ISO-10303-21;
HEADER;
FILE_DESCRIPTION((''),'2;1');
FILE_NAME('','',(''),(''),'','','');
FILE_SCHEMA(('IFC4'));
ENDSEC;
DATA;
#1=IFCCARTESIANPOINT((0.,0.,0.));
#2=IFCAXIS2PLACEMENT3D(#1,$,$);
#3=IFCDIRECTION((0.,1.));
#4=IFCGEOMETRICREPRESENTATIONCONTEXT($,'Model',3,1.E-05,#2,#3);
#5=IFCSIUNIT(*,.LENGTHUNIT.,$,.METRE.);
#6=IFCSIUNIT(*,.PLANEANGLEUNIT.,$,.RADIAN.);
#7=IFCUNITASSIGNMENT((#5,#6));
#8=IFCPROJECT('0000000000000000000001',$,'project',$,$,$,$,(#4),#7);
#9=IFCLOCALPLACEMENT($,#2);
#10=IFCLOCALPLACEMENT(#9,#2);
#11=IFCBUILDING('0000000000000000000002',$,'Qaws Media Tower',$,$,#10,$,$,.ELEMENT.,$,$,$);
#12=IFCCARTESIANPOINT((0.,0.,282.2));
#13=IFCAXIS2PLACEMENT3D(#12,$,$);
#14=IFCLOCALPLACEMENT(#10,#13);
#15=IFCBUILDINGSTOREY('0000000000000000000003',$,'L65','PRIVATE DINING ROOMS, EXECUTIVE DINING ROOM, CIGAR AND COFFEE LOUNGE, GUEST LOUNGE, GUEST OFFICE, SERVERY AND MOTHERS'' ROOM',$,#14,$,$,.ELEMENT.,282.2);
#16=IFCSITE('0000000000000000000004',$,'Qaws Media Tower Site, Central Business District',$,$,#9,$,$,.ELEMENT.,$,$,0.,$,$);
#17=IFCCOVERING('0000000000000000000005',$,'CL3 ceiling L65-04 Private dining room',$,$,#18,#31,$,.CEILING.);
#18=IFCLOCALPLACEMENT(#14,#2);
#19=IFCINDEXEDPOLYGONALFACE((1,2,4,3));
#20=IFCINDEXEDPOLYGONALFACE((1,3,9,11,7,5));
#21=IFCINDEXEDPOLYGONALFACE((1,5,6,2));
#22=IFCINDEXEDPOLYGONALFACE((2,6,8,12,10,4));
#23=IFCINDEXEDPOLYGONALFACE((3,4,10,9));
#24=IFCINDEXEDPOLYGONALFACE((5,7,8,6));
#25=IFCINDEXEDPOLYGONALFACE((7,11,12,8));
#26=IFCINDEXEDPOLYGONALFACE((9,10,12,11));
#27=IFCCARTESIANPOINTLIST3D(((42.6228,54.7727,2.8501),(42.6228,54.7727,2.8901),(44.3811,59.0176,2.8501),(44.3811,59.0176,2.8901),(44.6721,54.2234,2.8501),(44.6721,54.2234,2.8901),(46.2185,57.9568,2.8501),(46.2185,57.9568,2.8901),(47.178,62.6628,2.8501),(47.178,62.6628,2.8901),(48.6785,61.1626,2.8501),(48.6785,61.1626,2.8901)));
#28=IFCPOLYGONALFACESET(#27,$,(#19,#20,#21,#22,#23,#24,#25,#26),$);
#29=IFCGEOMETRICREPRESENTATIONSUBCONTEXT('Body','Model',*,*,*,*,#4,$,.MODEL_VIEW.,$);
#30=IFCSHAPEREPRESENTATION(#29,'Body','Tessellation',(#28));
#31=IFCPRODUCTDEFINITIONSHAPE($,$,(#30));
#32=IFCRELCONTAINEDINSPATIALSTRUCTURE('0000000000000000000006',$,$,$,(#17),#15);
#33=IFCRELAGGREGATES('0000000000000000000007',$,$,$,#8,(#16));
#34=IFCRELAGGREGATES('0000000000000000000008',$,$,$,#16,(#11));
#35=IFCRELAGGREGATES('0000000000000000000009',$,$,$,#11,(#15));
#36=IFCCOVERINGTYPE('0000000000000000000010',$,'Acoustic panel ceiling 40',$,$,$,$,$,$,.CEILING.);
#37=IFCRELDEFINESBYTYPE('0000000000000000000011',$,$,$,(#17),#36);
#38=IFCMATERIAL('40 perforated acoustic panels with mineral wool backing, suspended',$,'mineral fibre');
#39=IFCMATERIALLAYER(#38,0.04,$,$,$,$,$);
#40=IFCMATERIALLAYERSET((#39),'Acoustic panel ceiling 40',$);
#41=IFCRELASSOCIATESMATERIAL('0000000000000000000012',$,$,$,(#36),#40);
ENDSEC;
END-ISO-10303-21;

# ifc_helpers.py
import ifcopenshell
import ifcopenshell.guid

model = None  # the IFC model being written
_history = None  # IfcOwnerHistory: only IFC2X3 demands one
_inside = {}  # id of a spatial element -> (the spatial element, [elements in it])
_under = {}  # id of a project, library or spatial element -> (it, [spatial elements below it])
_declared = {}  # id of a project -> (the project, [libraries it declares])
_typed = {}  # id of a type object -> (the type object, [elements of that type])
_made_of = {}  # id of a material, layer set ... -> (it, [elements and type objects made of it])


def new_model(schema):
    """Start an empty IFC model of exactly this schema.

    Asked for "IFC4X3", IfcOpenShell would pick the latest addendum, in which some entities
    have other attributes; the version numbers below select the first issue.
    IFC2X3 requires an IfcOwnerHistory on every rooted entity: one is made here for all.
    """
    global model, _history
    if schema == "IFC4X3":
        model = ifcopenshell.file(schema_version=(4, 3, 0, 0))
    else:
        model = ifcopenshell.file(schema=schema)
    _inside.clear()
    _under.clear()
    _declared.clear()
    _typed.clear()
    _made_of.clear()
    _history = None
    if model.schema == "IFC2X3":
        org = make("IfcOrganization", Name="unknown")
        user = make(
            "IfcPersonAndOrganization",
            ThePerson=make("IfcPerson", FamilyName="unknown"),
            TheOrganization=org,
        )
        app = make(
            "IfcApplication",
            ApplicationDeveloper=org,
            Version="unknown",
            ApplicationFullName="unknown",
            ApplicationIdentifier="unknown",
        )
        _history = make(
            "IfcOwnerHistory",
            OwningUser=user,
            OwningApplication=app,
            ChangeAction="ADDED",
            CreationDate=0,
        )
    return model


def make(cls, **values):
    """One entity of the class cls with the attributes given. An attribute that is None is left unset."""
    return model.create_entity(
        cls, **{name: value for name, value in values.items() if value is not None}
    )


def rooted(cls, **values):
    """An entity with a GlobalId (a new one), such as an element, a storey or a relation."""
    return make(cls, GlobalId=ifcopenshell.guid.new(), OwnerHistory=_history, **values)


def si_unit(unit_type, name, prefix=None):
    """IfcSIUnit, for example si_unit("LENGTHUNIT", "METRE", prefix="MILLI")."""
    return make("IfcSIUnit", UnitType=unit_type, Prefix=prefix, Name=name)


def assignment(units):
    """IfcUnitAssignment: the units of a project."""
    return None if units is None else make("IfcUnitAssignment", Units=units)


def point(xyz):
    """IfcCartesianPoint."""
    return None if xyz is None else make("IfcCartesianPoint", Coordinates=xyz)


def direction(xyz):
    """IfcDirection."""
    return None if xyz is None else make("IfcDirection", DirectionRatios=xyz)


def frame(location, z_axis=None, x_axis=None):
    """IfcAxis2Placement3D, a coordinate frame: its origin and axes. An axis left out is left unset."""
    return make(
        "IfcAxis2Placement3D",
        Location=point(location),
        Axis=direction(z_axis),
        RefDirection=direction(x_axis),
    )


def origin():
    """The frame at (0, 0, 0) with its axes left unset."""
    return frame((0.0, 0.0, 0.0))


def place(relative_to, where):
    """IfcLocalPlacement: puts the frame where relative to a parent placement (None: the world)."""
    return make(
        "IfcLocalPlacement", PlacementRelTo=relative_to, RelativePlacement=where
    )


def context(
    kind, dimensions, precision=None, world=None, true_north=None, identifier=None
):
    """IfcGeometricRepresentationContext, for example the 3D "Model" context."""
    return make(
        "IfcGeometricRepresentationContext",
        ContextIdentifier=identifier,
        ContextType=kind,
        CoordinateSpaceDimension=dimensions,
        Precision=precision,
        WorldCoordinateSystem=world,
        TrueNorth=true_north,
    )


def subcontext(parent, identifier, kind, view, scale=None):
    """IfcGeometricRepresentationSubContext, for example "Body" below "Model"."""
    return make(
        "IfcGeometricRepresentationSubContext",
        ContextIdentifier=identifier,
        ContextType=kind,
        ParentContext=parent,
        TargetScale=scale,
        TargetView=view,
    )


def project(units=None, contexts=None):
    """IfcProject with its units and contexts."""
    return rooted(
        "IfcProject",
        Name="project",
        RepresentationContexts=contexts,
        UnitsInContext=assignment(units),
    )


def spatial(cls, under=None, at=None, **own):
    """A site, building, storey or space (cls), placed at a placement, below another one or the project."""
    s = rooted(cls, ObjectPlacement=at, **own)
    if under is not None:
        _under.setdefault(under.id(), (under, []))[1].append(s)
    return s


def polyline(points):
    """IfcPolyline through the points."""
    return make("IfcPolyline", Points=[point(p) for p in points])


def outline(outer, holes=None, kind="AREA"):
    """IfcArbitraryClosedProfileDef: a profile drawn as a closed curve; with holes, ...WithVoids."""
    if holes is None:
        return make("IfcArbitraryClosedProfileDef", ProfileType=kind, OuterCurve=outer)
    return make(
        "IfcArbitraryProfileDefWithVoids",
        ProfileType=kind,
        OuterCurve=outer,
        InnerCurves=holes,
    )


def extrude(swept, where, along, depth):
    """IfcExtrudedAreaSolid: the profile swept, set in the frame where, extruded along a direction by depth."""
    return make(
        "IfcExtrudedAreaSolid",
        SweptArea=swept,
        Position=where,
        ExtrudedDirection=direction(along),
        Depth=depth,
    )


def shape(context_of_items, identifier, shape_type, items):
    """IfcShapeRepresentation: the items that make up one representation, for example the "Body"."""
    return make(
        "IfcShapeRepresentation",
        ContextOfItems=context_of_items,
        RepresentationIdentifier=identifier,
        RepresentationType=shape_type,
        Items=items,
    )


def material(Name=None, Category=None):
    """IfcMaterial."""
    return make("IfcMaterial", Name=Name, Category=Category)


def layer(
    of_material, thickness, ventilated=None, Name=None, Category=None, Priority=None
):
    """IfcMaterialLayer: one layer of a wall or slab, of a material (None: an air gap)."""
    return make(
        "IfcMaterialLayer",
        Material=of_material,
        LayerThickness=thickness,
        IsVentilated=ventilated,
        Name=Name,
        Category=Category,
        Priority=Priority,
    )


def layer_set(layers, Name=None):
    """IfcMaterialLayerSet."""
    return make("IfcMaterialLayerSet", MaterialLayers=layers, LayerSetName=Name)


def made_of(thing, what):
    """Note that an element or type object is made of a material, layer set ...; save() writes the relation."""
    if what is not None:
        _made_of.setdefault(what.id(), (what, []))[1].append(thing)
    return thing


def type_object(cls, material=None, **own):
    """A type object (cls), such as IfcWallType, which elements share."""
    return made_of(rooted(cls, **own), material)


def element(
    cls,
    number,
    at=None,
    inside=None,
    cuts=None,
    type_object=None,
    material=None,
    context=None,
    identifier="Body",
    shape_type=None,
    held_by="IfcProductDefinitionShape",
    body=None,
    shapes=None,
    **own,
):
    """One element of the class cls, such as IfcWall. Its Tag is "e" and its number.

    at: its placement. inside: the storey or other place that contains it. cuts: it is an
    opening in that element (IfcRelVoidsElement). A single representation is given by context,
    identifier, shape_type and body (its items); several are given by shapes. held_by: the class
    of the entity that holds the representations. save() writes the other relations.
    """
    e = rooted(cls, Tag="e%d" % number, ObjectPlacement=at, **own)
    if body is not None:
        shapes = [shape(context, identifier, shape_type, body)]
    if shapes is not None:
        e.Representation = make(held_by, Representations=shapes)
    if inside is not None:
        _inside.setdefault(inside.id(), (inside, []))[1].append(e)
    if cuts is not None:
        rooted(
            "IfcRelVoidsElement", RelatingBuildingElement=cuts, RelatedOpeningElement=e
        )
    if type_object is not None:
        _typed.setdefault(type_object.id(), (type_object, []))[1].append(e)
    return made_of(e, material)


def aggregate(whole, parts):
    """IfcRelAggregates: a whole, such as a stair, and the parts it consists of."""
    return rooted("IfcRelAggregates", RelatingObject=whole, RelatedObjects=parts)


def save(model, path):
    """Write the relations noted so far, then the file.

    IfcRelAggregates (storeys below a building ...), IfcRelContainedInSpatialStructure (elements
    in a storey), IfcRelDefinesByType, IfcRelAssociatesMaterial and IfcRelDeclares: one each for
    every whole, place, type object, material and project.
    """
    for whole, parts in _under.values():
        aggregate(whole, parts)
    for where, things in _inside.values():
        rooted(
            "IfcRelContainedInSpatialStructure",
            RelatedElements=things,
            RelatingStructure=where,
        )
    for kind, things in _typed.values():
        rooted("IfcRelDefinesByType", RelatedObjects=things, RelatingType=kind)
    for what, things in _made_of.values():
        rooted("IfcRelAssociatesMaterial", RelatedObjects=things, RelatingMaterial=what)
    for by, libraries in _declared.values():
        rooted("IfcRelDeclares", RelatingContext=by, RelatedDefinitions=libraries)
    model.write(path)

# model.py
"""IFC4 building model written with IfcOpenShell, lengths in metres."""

from ifc_helpers import new_model, si_unit, direction, frame, origin, place, context, subcontext, project, spatial, polyline, outline, extrude, material, layer, layer_set, type_object, element, save


model = new_model("IFC4")

# Units and contexts
model_context = context("Model", 3, precision=1e-05, world=origin(), true_north=direction((0.0, 1.0)))
body_context = subcontext(model_context, "Body", "Model", "MODEL_VIEW")
ifc_project = project(units=[si_unit("LENGTHUNIT", "METRE"), si_unit("PLANEANGLEUNIT", "RADIAN")], contexts=[model_context])

# Site, building, storey
site_placement = place(None, origin())
site = spatial("IfcSite", under=ifc_project, at=site_placement, Name="Qaws Media Tower Site, Central Business District", CompositionType="ELEMENT", RefElevation=0.0)
building_placement = place(site_placement, origin())
building = spatial("IfcBuilding", under=site, at=building_placement, Name="Qaws Media Tower", CompositionType="ELEMENT")
storey_placement = place(building_placement, frame((0.0, 0.0, 282.2)))
storey = spatial("IfcBuildingStorey", under=building, at=storey_placement, Name="L65", Description="PRIVATE DINING ROOMS, EXECUTIVE DINING ROOM, CIGAR AND COFFEE LOUNGE, GUEST LOUNGE, GUEST OFFICE, SERVERY AND MOTHERS' ROOM", CompositionType="ELEMENT", Elevation=282.2)

# Covering
ifc_material_1 = material(Name="40 perforated acoustic panels with mineral wool backing, suspended", Category="mineral fibre")
ifc_layer_1 = layer(ifc_material_1, 0.04)
ifc_layer_set_1 = layer_set([ifc_layer_1], Name="Acoustic panel ceiling 40")
covering_type_1 = type_object("IfcCoveringType", Name="Acoustic panel ceiling 40", PredefinedType="CEILING", material=ifc_layer_set_1)
covering_1_placement = place(storey_placement, frame((0.0, 0.0, 2.8501)))
element("IfcCovering", 1, at=covering_1_placement, inside=storey, type_object=covering_type_1, Name="CL3 ceiling L65-04 Private dining room", PredefinedType="CEILING", context=body_context, shape_type="SweptSolid", body=[
    extrude(outline(polyline([(44.3811, 59.0176), (47.178, 62.6628), (48.6785, 61.1626), (46.2185, 57.9568), (44.6721, 54.2234), (42.6228, 54.7727), (44.3811, 59.0176)])), origin(), (0.0, 0.0, 1.0), 0.04),
])

save(model, "model.ifc")
